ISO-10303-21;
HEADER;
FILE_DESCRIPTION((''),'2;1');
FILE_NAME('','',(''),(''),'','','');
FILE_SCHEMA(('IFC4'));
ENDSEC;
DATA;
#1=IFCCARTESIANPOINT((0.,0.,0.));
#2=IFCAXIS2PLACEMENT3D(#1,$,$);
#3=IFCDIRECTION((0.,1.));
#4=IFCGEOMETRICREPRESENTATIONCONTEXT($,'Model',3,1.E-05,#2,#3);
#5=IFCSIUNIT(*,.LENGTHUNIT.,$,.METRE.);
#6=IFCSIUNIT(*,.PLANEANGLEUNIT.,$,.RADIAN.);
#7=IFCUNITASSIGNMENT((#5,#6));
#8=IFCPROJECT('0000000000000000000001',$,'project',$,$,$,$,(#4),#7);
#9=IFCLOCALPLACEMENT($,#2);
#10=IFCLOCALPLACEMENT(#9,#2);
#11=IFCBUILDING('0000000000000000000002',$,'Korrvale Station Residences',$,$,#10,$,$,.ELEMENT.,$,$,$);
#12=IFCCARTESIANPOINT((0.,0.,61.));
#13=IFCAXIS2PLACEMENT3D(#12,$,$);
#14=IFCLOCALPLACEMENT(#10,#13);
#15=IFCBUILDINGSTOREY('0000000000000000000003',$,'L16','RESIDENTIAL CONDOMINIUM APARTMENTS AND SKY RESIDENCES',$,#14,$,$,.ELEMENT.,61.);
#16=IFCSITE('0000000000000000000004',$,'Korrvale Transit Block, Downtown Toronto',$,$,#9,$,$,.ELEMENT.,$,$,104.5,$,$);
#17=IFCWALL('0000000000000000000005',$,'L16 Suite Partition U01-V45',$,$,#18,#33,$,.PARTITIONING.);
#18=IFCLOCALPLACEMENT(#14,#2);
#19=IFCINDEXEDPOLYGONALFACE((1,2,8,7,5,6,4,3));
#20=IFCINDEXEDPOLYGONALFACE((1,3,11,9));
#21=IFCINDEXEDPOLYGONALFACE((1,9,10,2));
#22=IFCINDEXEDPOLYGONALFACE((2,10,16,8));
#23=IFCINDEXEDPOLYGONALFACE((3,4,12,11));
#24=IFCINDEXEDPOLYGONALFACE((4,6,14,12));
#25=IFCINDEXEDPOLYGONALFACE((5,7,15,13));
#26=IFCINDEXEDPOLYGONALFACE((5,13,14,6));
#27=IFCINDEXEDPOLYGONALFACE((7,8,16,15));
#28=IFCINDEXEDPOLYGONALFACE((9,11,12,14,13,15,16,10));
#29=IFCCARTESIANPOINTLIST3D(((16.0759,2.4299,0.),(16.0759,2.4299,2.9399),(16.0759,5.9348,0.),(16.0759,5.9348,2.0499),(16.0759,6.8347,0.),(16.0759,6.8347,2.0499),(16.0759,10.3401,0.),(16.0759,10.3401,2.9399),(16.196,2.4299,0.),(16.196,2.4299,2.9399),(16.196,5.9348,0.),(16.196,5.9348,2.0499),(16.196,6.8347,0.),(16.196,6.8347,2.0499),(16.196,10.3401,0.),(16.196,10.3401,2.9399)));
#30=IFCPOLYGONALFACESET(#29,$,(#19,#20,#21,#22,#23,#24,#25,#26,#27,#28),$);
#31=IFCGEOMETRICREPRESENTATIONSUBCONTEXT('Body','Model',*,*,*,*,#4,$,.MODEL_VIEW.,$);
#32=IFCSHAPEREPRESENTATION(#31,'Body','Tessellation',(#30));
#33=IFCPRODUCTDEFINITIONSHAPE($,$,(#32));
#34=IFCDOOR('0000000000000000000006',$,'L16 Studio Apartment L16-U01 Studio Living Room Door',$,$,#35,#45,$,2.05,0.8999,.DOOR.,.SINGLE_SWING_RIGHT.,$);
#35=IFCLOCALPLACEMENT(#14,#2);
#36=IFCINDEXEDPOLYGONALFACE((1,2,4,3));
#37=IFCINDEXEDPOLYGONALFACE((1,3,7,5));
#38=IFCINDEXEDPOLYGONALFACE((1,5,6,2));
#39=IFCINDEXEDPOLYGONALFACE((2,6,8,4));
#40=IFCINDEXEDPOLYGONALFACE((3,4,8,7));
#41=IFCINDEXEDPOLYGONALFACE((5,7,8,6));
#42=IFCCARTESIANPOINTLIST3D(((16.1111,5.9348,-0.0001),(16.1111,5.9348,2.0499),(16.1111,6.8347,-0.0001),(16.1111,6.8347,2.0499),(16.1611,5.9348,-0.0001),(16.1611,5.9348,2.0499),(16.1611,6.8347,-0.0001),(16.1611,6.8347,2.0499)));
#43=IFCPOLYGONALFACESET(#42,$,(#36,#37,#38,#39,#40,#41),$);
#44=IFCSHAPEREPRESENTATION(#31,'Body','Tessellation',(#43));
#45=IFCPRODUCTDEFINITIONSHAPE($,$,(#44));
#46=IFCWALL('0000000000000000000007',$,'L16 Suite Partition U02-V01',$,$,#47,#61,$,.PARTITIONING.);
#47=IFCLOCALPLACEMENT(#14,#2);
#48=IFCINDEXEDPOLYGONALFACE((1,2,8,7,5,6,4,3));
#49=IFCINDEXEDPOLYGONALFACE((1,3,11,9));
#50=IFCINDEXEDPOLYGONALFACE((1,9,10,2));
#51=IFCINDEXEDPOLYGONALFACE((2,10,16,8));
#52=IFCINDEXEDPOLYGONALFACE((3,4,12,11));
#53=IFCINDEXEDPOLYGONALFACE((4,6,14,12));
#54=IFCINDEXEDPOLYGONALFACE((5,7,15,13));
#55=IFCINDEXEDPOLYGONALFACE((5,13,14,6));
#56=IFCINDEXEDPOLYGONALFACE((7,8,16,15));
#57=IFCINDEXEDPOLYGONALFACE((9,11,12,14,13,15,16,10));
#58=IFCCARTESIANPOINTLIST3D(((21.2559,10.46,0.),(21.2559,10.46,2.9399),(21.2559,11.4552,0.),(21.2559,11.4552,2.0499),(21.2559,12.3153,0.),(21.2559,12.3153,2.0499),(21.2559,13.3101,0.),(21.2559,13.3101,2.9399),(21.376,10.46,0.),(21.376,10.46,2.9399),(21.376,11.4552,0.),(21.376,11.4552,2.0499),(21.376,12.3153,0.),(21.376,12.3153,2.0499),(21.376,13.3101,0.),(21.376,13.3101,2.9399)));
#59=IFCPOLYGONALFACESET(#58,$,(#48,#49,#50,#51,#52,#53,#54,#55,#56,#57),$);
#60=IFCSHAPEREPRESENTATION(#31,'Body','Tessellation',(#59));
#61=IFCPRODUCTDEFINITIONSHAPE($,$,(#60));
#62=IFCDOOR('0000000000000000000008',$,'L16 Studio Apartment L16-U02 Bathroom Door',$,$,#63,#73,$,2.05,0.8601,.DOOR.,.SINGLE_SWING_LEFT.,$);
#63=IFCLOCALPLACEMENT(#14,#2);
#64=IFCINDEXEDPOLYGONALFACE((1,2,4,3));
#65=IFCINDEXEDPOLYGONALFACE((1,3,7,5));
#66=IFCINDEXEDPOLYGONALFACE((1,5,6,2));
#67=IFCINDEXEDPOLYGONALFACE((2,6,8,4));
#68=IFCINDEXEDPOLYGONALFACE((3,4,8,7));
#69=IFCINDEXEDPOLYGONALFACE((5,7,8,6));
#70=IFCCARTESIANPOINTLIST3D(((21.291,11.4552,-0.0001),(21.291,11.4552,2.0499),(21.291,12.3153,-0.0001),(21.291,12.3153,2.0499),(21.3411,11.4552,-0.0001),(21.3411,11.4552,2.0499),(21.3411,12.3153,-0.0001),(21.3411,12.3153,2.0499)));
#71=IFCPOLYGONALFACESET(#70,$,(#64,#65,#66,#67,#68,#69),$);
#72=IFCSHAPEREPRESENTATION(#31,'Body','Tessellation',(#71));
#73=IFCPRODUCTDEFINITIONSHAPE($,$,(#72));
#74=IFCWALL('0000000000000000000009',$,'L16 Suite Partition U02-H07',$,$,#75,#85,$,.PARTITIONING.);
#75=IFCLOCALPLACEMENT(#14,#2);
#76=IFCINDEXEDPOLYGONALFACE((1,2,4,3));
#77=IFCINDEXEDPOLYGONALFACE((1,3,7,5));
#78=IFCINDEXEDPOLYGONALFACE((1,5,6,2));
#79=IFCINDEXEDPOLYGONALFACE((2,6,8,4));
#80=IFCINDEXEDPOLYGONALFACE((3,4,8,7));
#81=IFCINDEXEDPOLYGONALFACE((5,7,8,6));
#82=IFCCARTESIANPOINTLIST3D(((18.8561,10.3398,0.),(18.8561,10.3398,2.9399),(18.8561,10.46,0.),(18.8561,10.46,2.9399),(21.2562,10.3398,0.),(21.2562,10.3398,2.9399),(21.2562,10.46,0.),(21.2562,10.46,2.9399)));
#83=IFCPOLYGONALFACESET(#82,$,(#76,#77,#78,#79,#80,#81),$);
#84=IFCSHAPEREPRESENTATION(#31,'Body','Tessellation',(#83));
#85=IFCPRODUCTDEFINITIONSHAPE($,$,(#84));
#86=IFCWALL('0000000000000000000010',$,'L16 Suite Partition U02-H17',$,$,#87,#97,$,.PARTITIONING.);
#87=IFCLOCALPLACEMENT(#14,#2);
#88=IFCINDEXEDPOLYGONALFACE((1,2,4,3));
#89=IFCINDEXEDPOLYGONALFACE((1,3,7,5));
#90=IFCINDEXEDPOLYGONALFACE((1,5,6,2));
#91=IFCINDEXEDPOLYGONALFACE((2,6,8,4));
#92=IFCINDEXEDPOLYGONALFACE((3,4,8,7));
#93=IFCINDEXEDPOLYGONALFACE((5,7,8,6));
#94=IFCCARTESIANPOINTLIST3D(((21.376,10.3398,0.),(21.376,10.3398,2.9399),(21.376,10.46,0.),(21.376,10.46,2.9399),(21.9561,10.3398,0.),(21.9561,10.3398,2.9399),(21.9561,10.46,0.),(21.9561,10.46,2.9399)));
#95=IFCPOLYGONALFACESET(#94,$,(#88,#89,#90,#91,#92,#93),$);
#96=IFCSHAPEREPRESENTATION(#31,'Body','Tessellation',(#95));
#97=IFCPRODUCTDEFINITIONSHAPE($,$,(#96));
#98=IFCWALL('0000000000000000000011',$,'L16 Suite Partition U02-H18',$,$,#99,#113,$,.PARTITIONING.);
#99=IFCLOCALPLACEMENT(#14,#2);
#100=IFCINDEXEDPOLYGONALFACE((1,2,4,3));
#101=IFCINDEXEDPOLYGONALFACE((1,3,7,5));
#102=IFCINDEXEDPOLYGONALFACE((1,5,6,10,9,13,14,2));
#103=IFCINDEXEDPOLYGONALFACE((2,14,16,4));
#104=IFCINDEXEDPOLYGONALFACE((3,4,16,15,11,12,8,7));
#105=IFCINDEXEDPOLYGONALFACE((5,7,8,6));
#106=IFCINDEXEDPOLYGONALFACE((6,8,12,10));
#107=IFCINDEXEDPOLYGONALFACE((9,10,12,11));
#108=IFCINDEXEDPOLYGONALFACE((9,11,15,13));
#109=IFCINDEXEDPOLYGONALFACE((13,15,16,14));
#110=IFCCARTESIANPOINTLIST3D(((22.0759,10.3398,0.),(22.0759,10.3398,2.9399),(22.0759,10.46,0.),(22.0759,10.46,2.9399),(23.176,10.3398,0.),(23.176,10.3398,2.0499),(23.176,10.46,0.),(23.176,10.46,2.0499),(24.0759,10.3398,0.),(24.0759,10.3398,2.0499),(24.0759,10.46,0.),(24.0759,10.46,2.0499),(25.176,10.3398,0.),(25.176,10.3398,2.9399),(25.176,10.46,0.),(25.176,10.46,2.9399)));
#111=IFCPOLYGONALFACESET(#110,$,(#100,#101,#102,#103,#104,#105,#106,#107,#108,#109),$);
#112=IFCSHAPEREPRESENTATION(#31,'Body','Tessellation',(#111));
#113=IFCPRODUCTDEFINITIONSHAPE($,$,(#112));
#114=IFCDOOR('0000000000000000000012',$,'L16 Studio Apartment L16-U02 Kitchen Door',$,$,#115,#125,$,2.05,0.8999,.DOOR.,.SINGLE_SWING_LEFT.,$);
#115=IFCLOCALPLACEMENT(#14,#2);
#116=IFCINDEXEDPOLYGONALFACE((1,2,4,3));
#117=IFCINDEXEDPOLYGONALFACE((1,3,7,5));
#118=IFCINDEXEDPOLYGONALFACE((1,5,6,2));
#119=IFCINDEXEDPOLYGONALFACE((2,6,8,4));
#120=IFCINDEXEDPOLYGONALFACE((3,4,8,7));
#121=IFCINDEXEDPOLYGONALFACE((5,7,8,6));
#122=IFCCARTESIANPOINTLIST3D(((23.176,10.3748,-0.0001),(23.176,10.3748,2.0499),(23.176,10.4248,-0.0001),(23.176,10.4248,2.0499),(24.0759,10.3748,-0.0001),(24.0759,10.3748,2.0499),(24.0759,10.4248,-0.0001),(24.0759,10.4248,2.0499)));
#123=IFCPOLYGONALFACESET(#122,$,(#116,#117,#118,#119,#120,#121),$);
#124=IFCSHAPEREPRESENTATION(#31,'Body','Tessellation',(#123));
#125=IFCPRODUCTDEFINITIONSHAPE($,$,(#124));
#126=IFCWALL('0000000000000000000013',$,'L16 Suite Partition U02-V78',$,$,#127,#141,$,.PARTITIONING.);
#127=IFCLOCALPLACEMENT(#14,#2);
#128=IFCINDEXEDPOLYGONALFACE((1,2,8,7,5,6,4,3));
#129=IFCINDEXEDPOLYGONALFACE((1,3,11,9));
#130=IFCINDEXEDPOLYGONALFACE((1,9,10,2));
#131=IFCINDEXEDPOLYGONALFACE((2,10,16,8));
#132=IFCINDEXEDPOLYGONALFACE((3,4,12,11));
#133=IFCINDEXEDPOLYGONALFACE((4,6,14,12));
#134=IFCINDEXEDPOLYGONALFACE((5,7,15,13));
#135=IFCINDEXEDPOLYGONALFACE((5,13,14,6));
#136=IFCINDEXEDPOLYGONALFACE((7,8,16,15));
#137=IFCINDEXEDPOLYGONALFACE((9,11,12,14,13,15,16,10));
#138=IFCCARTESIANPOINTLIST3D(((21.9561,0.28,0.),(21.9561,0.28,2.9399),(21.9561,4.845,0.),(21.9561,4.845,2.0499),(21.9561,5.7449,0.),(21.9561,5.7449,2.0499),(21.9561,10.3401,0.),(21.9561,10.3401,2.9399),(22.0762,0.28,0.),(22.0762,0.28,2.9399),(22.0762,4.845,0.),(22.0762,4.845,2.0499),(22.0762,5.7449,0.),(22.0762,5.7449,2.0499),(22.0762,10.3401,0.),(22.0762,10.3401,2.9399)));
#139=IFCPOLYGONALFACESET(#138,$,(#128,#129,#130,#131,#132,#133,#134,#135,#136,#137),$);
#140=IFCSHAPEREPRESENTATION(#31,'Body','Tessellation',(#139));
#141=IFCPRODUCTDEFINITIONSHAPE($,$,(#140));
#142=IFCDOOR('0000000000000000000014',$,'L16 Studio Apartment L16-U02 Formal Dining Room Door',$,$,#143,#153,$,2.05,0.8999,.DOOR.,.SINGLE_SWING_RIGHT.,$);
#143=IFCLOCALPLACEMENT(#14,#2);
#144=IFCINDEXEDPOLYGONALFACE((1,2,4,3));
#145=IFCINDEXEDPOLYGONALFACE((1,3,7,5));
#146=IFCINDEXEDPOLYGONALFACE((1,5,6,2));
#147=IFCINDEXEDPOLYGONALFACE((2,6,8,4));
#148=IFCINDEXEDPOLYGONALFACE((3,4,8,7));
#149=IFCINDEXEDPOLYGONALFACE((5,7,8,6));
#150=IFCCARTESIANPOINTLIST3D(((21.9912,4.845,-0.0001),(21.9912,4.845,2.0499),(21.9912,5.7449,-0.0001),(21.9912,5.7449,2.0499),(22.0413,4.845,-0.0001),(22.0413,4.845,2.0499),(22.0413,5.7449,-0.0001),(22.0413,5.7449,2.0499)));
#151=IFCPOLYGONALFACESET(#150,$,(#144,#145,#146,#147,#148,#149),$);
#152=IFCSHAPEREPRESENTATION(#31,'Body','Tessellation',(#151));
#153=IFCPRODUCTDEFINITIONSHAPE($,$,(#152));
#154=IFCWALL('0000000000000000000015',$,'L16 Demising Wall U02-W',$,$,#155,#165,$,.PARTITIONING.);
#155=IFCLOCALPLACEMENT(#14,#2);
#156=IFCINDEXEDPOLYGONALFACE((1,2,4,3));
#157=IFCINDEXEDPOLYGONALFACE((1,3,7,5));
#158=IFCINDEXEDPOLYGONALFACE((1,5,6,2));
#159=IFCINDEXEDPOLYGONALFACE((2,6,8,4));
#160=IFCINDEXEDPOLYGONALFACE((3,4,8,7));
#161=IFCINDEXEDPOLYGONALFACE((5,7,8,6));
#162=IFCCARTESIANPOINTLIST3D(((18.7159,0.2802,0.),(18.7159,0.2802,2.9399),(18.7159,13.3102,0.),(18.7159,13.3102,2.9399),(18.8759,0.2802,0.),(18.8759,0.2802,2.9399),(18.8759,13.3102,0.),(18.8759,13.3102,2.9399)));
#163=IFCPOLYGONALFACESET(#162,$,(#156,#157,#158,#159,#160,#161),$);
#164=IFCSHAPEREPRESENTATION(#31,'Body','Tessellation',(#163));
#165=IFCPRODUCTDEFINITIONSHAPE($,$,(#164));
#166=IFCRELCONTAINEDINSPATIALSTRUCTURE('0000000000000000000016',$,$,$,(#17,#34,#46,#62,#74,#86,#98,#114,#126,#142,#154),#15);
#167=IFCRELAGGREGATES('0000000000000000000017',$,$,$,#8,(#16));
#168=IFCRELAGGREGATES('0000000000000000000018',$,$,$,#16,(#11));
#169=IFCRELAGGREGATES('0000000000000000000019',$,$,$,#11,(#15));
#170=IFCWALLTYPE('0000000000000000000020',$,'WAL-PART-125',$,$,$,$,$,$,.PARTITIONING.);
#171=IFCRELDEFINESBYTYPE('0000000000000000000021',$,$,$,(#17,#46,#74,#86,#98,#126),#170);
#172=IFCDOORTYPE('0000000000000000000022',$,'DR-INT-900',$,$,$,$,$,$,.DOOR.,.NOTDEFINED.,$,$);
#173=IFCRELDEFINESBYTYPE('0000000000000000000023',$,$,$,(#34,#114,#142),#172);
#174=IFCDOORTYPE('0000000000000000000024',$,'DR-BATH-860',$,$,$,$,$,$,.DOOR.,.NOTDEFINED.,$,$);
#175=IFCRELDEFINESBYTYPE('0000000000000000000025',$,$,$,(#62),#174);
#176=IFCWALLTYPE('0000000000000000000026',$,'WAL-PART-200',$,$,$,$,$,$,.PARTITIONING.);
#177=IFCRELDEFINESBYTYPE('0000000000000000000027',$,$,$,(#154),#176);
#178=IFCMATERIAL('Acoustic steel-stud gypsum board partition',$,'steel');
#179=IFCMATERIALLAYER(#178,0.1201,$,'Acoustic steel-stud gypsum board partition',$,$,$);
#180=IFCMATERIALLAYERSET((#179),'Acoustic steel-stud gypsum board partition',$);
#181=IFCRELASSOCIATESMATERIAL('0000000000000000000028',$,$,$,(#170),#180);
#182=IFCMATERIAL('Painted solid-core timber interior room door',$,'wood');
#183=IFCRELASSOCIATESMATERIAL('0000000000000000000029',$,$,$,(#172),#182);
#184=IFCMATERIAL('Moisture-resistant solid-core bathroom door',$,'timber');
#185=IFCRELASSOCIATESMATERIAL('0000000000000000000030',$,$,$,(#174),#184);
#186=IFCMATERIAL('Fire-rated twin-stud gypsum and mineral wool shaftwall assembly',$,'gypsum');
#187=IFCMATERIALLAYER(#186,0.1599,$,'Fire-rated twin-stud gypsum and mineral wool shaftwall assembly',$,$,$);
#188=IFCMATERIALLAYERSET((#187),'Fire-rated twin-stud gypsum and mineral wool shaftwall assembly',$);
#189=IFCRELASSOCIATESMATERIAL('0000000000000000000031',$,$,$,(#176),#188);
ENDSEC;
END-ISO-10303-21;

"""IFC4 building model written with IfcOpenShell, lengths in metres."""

from ifc_helpers import new_model, si_unit, direction, frame, frame_2d, origin, place, context, subcontext, project, spatial, rectangle, extrude, material, layer, layer_set, type_object, element, fill, save


model = new_model("IFC4")

# Units and contexts
model_context = context("Model", 3, precision=1e-05, world=origin(), true_north=direction((0.0, 1.0)))
body_context = subcontext(model_context, "Body", "Model", "MODEL_VIEW")
ifc_project = project(units=[si_unit("LENGTHUNIT", "METRE"), si_unit("PLANEANGLEUNIT", "RADIAN")], contexts=[model_context])

# Site, building, storey
site_placement = place(None, origin())
site = spatial("IfcSite", under=ifc_project, at=site_placement, Name="Korrvale Transit Block, Downtown Toronto", CompositionType="ELEMENT", RefElevation=104.5)
building_placement = place(site_placement, origin())
building = spatial("IfcBuilding", under=site, at=building_placement, Name="Korrvale Station Residences", CompositionType="ELEMENT")
storey_placement = place(building_placement, frame((0.0, 0.0, 61.0)))
storey = spatial("IfcBuildingStorey", under=building, at=storey_placement, Name="L16", Description="RESIDENTIAL CONDOMINIUM APARTMENTS AND SKY RESIDENCES", CompositionType="ELEMENT", Elevation=61.0)

# Walls, openings, doors
ifc_material_1 = material(Name="Acoustic steel-stud gypsum board partition", Category="steel")
ifc_layer_1 = layer(ifc_material_1, 0.1201, Name="Acoustic steel-stud gypsum board partition")
ifc_layer_set_1 = layer_set([ifc_layer_1], Name="Acoustic steel-stud gypsum board partition")
wall_type_1 = type_object("IfcWallType", Name="WAL-PART-125", PredefinedType="PARTITIONING", material=ifc_layer_set_1)
ifc_material_2 = material(Name="Painted solid-core timber interior room door", Category="wood")
door_type_1 = type_object("IfcDoorType", Name="DR-INT-900", OperationType="NOTDEFINED", PredefinedType="DOOR", material=ifc_material_2)
wall_1_placement = place(storey_placement, frame((16.136, 2.4299, 0.0), z_axis=(0.0, 0.0, 1.0), x_axis=(0.0, 1.0, 0.0)))
wall_1 = element("IfcWall", 1, at=wall_1_placement, inside=storey, type_object=wall_type_1, Name="L16 Suite Partition U01-V45", PredefinedType="PARTITIONING", context=body_context, shape_type="SweptSolid", body=[
    extrude(rectangle(XDim=7.9102, YDim=0.1201, at=frame_2d((3.9551, 0.0))), origin(), (0.0, 0.0, 1.0), 2.9399),
])
opening_1_placement = place(wall_1_placement, frame((3.5049, 0.0, 0.0)))
opening_1 = element("IfcOpeningElement", 2, at=opening_1_placement, cuts=wall_1, PredefinedType="OPENING", context=body_context, shape_type="SweptSolid", body=[
    extrude(rectangle(XDim=0.8999, YDim=2.05, at=frame_2d((0.45, 1.0249))), frame((0.0, 0.0701, 0.0), z_axis=(0.0, -1.0, 0.0), x_axis=(1.0, 0.0, 0.0)), (0.0, 0.0, 1.0), 0.1401),
])
door_1_placement = place(opening_1_placement, origin())
door_1 = element("IfcDoor", 3, at=door_1_placement, inside=storey, type_object=door_type_1, Name="L16 Studio Apartment L16-U01 Studio Living Room Door", OperationType="SINGLE_SWING_RIGHT", OverallHeight=2.05, OverallWidth=0.8999, PredefinedType="DOOR", context=body_context, shape_type="SweptSolid", body=[
    extrude(rectangle(XDim=0.8999, YDim=2.05, at=frame_2d((0.45, 1.0249))), frame((0.0, 0.0249, 0.0), z_axis=(0.0, -1.0, 0.0), x_axis=(1.0, 0.0, 0.0)), (0.0, 0.0, 1.0), 0.05),
])
fill(opening_1, door_1)
wall_2_placement = place(storey_placement, frame((21.3159, 10.46, 0.0), z_axis=(0.0, 0.0, 1.0), x_axis=(0.0, 1.0, 0.0)))
wall_2 = element("IfcWall", 4, at=wall_2_placement, inside=storey, type_object=wall_type_1, Name="L16 Suite Partition U02-V01", PredefinedType="PARTITIONING", context=body_context, shape_type="SweptSolid", body=[
    extrude(rectangle(XDim=2.8501, YDim=0.1201, at=frame_2d((1.425, 0.0))), origin(), (0.0, 0.0, 1.0), 2.9399),
])
opening_2_placement = place(wall_2_placement, frame((0.9951, 0.0, 0.0)))
opening_2 = element("IfcOpeningElement", 5, at=opening_2_placement, cuts=wall_2, PredefinedType="OPENING", context=body_context, shape_type="SweptSolid", body=[
    extrude(rectangle(XDim=0.8601, YDim=2.05, at=frame_2d((0.4302, 1.0249))), frame((0.0, 0.0701, 0.0), z_axis=(0.0, -1.0, 0.0), x_axis=(1.0, 0.0, 0.0)), (0.0, 0.0, 1.0), 0.1401),
])
ifc_material_3 = material(Name="Moisture-resistant solid-core bathroom door", Category="timber")
door_type_2 = type_object("IfcDoorType", Name="DR-BATH-860", OperationType="NOTDEFINED", PredefinedType="DOOR", material=ifc_material_3)
door_2_placement = place(opening_2_placement, origin())
door_2 = element("IfcDoor", 6, at=door_2_placement, inside=storey, type_object=door_type_2, Name="L16 Studio Apartment L16-U02 Bathroom Door", OperationType="SINGLE_SWING_LEFT", OverallHeight=2.05, OverallWidth=0.8601, PredefinedType="DOOR", context=body_context, shape_type="SweptSolid", body=[
    extrude(rectangle(XDim=0.8601, YDim=2.05, at=frame_2d((0.4302, 1.0249))), frame((0.0, 0.0249, 0.0), z_axis=(0.0, -1.0, 0.0), x_axis=(1.0, 0.0, 0.0)), (0.0, 0.0, 1.0), 0.05),
])
fill(opening_2, door_2)

# Walls
wall_3_placement = place(storey_placement, frame((18.856, 10.3999, 0.0), z_axis=(0.0, 0.0, 1.0), x_axis=(1.0, 0.0, 0.0)))
element("IfcWall", 7, at=wall_3_placement, inside=storey, type_object=wall_type_1, Name="L16 Suite Partition U02-H07", PredefinedType="PARTITIONING", context=body_context, shape_type="SweptSolid", body=[
    extrude(rectangle(XDim=2.4001, YDim=0.1201, at=frame_2d((1.2002, 0.0))), origin(), (0.0, 0.0, 1.0), 2.9399),
])
wall_4_placement = place(storey_placement, frame((21.376, 10.3999, 0.0), z_axis=(0.0, 0.0, 1.0), x_axis=(1.0, 0.0, 0.0)))
element("IfcWall", 8, at=wall_4_placement, inside=storey, type_object=wall_type_1, Name="L16 Suite Partition U02-H17", PredefinedType="PARTITIONING", context=body_context, shape_type="SweptSolid", body=[
    extrude(rectangle(XDim=0.5801, YDim=0.1201, at=frame_2d((0.29, 0.0))), origin(), (0.0, 0.0, 1.0), 2.9399),
])

# Walls, openings, doors
wall_5_placement = place(storey_placement, frame((22.0759, 10.3999, 0.0), z_axis=(0.0, 0.0, 1.0), x_axis=(1.0, 0.0, 0.0)))
wall_5 = element("IfcWall", 9, at=wall_5_placement, inside=storey, type_object=wall_type_1, Name="L16 Suite Partition U02-H18", PredefinedType="PARTITIONING", context=body_context, shape_type="SweptSolid", body=[
    extrude(rectangle(XDim=3.1001, YDim=0.1201, at=frame_2d((1.55, 0.0))), origin(), (0.0, 0.0, 1.0), 2.9399),
])
opening_3_placement = place(wall_5_placement, frame((1.1001, 0.0, 0.0)))
opening_3 = element("IfcOpeningElement", 10, at=opening_3_placement, cuts=wall_5, PredefinedType="OPENING", context=body_context, shape_type="SweptSolid", body=[
    extrude(rectangle(XDim=0.8999, YDim=2.05, at=frame_2d((0.45, 1.0249))), frame((0.0, 0.0701, 0.0), z_axis=(0.0, -1.0, 0.0), x_axis=(1.0, 0.0, 0.0)), (0.0, 0.0, 1.0), 0.1401),
])
door_3_placement = place(opening_3_placement, origin())
door_3 = element("IfcDoor", 11, at=door_3_placement, inside=storey, type_object=door_type_1, Name="L16 Studio Apartment L16-U02 Kitchen Door", OperationType="SINGLE_SWING_LEFT", OverallHeight=2.05, OverallWidth=0.8999, PredefinedType="DOOR", context=body_context, shape_type="SweptSolid", body=[
    extrude(rectangle(XDim=0.8999, YDim=2.05, at=frame_2d((0.45, 1.0249))), frame((0.0, 0.0249, 0.0), z_axis=(0.0, -1.0, 0.0), x_axis=(1.0, 0.0, 0.0)), (0.0, 0.0, 1.0), 0.05),
])
fill(opening_3, door_3)
wall_6_placement = place(storey_placement, frame((22.0161, 0.28, 0.0), z_axis=(0.0, 0.0, 1.0), x_axis=(0.0, 1.0, 0.0)))
wall_6 = element("IfcWall", 12, at=wall_6_placement, inside=storey, type_object=wall_type_1, Name="L16 Suite Partition U02-V78", PredefinedType="PARTITIONING", context=body_context, shape_type="SweptSolid", body=[
    extrude(rectangle(XDim=10.0601, YDim=0.1201, at=frame_2d((5.03, 0.0))), origin(), (0.0, 0.0, 1.0), 2.9399),
])
opening_4_placement = place(wall_6_placement, frame((4.5649, 0.0, 0.0)))
opening_4 = element("IfcOpeningElement", 13, at=opening_4_placement, cuts=wall_6, PredefinedType="OPENING", context=body_context, shape_type="SweptSolid", body=[
    extrude(rectangle(XDim=0.8999, YDim=2.05, at=frame_2d((0.45, 1.0249))), frame((0.0, 0.0701, 0.0), z_axis=(0.0, -1.0, 0.0), x_axis=(1.0, 0.0, 0.0)), (0.0, 0.0, 1.0), 0.1401),
])
door_4_placement = place(opening_4_placement, origin())
door_4 = element("IfcDoor", 14, at=door_4_placement, inside=storey, type_object=door_type_1, Name="L16 Studio Apartment L16-U02 Formal Dining Room Door", OperationType="SINGLE_SWING_RIGHT", OverallHeight=2.05, OverallWidth=0.8999, PredefinedType="DOOR", context=body_context, shape_type="SweptSolid", body=[
    extrude(rectangle(XDim=0.8999, YDim=2.05, at=frame_2d((0.45, 1.0249))), frame((0.0, 0.0249, 0.0), z_axis=(0.0, -1.0, 0.0), x_axis=(1.0, 0.0, 0.0)), (0.0, 0.0, 1.0), 0.05),
])
fill(opening_4, door_4)

# Wall
ifc_material_4 = material(Name="Fire-rated twin-stud gypsum and mineral wool shaftwall assembly", Category="gypsum")
ifc_layer_2 = layer(ifc_material_4, 0.1599, Name="Fire-rated twin-stud gypsum and mineral wool shaftwall assembly")
ifc_layer_set_2 = layer_set([ifc_layer_2], Name="Fire-rated twin-stud gypsum and mineral wool shaftwall assembly")
wall_type_2 = type_object("IfcWallType", Name="WAL-PART-200", PredefinedType="PARTITIONING", material=ifc_layer_set_2)
wall_7_placement = place(storey_placement, frame((18.7959, 0.28, 0.0), z_axis=(0.0, 0.0, 1.0), x_axis=(0.0, 1.0, 0.0)))
element("IfcWall", 15, at=wall_7_placement, inside=storey, type_object=wall_type_2, Name="L16 Demising Wall U02-W", PredefinedType="PARTITIONING", context=body_context, shape_type="SweptSolid", body=[
    extrude(rectangle(XDim=13.03, YDim=0.1599, at=frame_2d((6.5151, 0.0))), origin(), (0.0, 0.0, 1.0), 2.9399),
])

save(model, "model.ifc")
